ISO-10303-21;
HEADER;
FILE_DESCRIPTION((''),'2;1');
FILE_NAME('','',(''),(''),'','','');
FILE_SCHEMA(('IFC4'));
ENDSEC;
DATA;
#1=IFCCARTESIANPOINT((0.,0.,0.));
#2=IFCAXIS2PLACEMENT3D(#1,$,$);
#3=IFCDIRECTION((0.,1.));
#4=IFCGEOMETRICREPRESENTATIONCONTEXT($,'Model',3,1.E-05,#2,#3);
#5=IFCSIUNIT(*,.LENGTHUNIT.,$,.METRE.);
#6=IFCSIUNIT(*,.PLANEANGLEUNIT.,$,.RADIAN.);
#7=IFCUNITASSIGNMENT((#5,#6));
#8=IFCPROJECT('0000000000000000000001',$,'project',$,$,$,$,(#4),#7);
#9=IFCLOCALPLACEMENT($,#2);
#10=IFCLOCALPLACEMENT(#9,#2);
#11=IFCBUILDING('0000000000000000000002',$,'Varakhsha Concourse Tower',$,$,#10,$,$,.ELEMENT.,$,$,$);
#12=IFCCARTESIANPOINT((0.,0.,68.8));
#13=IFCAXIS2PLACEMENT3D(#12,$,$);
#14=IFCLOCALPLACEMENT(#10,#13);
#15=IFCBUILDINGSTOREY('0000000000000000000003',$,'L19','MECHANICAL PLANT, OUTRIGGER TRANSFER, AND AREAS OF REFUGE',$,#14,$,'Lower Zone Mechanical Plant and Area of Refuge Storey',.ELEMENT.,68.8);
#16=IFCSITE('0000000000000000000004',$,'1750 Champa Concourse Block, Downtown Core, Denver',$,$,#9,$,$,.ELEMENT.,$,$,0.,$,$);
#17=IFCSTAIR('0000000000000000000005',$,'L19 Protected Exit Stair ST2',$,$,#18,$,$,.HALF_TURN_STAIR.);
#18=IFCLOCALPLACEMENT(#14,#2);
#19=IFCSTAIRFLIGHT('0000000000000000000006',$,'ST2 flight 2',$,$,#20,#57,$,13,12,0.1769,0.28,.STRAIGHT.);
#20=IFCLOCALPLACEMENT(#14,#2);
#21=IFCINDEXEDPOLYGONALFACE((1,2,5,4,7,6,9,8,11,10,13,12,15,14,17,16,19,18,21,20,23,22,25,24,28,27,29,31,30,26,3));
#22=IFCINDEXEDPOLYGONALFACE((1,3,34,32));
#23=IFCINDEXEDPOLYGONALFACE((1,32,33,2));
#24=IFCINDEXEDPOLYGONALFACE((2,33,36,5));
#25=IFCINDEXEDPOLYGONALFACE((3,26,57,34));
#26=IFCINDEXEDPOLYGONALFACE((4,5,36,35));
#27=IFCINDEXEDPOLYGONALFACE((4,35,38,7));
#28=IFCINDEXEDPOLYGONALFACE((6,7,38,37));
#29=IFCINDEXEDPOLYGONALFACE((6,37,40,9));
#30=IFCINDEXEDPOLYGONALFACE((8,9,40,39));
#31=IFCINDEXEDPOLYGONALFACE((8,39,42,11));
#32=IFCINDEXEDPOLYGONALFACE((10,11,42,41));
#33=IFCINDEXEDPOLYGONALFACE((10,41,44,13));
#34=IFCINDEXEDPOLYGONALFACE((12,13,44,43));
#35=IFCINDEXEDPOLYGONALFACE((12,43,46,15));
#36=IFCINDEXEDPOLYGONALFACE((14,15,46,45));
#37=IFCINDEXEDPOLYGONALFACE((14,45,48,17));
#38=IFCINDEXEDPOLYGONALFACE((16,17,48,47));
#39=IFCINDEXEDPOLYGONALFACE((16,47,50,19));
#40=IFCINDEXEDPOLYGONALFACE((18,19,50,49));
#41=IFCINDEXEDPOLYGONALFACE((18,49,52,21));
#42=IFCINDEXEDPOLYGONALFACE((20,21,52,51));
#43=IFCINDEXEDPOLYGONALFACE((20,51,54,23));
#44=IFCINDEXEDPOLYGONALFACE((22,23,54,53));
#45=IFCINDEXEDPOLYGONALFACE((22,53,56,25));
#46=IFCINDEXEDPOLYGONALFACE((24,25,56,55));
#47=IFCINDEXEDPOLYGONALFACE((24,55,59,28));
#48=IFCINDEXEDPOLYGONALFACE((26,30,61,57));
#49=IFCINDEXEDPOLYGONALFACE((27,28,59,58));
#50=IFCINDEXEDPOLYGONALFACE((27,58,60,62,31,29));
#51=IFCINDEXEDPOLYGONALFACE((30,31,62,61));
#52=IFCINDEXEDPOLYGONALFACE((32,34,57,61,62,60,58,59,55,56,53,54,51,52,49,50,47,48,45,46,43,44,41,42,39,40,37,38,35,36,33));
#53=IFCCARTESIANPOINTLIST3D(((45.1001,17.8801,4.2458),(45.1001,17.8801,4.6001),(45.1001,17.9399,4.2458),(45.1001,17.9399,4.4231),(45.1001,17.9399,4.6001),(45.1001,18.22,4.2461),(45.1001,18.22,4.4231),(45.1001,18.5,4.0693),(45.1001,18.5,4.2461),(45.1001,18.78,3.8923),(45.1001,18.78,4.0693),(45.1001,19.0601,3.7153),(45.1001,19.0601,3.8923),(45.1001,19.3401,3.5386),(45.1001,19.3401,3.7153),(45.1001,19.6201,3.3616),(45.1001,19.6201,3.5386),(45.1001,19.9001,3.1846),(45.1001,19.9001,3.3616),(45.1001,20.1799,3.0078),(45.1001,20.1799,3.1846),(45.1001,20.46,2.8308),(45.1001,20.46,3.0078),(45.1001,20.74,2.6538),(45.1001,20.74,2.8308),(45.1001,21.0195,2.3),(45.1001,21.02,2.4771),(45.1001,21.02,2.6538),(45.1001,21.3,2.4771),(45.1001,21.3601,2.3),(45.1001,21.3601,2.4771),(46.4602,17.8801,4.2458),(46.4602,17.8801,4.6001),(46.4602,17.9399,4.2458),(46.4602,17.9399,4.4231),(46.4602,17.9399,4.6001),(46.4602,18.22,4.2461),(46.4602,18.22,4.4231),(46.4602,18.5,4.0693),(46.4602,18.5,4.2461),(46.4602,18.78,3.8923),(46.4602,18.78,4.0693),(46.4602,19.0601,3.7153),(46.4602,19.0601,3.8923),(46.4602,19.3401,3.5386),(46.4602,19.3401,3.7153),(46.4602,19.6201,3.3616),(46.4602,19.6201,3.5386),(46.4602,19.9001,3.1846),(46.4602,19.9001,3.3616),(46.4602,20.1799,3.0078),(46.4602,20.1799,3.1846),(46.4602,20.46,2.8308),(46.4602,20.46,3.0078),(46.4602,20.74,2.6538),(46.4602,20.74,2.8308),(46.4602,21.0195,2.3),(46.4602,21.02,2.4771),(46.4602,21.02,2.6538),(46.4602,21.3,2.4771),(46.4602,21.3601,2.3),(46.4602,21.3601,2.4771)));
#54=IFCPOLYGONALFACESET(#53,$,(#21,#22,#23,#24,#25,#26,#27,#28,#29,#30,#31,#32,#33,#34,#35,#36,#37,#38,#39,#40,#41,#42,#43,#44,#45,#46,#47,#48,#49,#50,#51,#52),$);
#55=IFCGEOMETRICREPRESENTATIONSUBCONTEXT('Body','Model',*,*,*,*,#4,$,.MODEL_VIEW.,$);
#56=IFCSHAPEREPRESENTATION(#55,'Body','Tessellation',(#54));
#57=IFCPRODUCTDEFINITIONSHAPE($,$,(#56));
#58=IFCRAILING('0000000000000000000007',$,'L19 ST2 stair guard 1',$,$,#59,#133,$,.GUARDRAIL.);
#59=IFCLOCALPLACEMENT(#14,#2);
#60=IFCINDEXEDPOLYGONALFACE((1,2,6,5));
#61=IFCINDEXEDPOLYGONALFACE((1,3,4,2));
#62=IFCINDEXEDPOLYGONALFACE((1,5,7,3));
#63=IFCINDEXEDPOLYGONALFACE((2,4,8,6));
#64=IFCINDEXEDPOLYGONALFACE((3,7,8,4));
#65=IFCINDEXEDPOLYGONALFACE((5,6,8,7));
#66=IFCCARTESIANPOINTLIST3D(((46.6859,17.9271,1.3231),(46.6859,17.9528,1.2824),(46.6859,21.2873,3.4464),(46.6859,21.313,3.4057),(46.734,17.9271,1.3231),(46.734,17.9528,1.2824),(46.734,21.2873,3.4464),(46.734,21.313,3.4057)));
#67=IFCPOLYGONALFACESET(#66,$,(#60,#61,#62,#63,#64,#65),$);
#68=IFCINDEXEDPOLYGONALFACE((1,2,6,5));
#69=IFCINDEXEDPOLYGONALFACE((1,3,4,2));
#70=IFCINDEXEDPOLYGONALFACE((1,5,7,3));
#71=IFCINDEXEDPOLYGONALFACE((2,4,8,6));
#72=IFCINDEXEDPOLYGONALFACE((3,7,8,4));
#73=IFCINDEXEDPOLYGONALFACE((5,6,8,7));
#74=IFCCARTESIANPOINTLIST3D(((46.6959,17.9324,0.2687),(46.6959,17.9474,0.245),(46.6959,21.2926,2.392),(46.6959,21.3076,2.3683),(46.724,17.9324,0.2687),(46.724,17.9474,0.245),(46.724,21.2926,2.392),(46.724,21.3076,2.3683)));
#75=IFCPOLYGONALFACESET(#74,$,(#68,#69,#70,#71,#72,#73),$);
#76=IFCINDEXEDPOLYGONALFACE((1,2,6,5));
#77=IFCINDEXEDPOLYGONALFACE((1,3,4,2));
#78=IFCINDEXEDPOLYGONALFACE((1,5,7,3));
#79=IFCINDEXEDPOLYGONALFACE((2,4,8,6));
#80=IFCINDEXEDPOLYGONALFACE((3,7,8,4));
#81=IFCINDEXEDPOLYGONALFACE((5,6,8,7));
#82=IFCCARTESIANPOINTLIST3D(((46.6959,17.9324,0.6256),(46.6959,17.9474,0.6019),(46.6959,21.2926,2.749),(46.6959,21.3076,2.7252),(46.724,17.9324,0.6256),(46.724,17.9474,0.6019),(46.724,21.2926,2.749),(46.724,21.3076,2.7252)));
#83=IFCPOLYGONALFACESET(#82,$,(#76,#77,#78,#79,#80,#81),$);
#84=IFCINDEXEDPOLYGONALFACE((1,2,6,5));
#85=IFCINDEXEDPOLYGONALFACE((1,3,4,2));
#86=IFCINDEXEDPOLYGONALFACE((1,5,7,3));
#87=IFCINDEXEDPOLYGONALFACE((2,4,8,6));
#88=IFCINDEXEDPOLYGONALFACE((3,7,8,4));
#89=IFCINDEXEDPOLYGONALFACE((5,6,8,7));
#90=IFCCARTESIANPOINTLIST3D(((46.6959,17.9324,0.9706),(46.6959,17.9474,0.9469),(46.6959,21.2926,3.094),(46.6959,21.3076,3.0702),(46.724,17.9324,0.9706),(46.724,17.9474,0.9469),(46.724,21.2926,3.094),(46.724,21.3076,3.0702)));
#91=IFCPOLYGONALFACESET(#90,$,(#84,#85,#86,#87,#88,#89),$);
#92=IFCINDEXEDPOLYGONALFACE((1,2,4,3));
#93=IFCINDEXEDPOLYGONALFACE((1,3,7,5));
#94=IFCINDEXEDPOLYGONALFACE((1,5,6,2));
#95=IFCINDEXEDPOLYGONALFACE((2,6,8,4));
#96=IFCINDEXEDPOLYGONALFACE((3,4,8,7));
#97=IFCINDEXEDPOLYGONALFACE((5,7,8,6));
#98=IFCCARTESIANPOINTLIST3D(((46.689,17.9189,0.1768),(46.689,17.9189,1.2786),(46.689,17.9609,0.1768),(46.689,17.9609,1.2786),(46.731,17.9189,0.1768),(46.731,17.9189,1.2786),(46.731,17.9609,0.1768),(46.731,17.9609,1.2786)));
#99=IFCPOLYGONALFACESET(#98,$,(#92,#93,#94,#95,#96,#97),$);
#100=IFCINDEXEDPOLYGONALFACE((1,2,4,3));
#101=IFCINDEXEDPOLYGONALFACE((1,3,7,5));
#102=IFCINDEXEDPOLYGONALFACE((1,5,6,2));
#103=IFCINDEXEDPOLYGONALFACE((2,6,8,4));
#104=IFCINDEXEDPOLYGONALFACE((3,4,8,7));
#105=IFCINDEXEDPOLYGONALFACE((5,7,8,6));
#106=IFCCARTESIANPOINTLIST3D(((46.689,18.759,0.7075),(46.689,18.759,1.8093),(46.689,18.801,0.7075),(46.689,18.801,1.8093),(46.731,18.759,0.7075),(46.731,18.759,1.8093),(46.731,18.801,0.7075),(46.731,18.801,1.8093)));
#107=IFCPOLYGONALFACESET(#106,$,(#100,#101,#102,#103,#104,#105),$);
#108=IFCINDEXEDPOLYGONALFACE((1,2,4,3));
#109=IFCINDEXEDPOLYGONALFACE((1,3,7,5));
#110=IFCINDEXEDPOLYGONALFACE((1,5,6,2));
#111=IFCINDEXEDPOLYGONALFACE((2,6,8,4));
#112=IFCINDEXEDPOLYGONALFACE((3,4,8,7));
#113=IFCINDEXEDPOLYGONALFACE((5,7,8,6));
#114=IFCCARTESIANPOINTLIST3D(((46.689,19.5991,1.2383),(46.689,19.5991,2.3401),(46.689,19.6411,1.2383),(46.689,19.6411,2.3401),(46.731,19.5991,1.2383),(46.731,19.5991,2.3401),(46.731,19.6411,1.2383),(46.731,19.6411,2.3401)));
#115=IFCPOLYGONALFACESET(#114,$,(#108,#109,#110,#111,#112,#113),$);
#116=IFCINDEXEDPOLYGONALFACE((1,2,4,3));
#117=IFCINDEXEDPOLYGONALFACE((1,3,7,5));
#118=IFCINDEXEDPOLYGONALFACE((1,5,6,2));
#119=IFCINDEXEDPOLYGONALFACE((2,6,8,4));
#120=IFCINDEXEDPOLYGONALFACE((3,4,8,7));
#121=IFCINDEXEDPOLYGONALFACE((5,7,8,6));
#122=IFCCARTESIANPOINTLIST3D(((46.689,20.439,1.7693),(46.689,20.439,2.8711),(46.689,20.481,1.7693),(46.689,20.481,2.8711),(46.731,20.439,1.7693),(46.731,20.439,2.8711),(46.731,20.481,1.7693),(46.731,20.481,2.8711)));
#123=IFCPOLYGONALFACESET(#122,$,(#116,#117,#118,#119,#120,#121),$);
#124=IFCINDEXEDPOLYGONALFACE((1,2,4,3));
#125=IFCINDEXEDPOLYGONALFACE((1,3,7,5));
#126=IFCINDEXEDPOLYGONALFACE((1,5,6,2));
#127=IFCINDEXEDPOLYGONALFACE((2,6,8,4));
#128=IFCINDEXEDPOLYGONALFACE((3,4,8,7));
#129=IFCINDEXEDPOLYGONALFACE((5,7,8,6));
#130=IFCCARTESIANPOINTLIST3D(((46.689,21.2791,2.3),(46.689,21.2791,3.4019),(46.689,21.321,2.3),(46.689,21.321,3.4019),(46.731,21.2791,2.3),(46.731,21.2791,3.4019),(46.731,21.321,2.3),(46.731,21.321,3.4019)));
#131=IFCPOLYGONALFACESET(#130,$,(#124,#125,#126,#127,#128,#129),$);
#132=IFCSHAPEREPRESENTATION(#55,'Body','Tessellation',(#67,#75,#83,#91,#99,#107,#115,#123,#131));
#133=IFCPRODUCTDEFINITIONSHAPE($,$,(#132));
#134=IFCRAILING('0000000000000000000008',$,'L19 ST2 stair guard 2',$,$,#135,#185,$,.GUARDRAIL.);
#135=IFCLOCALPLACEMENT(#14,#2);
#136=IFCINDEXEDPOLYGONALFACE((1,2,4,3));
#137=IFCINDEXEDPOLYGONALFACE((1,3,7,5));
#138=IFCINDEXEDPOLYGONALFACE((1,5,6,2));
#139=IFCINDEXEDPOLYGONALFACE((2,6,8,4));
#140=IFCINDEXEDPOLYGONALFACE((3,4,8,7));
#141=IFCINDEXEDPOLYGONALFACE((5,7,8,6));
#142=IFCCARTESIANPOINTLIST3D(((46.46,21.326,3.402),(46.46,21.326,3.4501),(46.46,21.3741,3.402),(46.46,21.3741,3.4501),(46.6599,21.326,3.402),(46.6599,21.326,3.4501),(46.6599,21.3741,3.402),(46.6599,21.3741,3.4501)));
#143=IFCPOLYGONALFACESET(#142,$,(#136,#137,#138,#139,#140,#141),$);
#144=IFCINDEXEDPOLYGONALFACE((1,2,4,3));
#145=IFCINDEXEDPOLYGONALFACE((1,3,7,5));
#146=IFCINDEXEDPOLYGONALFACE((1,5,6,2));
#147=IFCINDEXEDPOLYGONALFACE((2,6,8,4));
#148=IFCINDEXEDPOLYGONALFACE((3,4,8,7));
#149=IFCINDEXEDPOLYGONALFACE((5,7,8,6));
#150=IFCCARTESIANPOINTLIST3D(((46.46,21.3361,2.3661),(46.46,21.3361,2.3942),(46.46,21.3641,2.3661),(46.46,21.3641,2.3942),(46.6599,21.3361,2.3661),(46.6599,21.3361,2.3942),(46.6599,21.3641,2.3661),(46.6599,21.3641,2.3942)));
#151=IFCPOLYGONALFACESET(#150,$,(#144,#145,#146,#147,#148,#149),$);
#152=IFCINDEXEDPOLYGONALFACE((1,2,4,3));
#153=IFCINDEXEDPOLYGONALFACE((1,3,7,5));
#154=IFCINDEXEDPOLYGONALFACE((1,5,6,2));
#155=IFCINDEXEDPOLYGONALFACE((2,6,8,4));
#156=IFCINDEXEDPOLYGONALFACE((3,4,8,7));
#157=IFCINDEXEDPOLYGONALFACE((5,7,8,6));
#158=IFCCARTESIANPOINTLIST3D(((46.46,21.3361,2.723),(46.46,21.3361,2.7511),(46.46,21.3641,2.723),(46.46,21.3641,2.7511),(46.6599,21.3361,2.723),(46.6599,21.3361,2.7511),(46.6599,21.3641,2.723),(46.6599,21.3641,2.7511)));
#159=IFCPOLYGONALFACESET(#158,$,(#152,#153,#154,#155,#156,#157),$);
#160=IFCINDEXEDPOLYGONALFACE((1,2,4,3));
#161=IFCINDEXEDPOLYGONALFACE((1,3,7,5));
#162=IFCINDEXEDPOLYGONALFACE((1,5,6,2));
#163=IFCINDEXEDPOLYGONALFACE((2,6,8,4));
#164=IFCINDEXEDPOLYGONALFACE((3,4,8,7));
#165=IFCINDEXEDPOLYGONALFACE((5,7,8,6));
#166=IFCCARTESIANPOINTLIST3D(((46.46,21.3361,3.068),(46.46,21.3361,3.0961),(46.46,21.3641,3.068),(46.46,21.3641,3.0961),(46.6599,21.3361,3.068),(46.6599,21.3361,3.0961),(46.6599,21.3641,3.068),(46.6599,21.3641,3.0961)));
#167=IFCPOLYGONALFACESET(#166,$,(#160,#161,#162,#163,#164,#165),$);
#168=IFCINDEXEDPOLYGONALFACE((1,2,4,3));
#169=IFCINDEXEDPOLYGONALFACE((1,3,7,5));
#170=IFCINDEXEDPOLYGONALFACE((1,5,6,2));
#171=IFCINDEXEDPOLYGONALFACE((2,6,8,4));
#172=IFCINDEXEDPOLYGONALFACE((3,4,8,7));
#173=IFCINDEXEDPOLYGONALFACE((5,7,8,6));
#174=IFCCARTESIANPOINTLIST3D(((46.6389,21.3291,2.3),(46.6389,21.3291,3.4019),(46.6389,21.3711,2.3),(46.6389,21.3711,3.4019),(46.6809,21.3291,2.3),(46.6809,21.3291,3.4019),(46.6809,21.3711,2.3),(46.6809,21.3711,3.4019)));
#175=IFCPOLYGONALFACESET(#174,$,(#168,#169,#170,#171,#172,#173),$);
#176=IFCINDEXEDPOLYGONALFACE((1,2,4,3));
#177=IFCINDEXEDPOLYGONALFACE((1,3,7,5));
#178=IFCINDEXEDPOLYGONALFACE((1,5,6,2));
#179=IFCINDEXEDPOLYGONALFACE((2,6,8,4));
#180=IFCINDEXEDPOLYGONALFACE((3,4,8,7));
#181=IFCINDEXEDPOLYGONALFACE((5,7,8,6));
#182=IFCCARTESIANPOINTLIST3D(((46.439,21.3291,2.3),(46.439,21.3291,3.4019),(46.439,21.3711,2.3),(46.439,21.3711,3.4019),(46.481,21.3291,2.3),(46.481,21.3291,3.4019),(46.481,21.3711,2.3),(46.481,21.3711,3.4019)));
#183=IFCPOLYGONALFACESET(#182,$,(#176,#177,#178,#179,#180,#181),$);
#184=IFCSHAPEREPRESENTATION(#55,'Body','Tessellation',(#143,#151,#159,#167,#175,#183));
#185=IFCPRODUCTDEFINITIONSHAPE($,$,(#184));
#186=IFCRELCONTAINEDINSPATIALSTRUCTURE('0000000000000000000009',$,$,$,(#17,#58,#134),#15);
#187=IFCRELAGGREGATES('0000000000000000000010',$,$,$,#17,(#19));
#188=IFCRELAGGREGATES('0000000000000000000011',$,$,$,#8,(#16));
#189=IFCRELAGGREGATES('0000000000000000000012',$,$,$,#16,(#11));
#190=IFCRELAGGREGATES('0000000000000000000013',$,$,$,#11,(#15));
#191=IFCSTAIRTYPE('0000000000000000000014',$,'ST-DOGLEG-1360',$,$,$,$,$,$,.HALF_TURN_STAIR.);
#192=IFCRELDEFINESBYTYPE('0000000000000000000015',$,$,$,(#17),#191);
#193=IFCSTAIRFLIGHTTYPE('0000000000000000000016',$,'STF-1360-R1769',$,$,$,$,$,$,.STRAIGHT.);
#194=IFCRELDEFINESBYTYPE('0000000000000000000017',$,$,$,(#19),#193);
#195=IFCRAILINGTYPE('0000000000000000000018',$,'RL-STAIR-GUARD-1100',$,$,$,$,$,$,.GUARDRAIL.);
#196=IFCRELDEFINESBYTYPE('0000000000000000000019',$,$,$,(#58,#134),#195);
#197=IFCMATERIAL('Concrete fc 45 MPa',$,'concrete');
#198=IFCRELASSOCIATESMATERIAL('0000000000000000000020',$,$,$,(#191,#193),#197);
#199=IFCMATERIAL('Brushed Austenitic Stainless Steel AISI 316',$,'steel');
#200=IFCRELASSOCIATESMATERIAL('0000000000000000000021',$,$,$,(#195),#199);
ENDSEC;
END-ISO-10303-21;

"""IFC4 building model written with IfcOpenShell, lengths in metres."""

from ifc_helpers import new_model, si_unit, direction, frame, origin, origin_2d, place, context, subcontext, project, spatial, polyline, rectangle, outline, extrude, material, type_object, element, aggregate, save


model = new_model("IFC4")

# Units and contexts
model_context = context("Model", 3, precision=1e-05, world=origin(), true_north=direction((0.0, 1.0)))
body_context = subcontext(model_context, "Body", "Model", "MODEL_VIEW")
ifc_project = project(units=[si_unit("LENGTHUNIT", "METRE"), si_unit("PLANEANGLEUNIT", "RADIAN")], contexts=[model_context])

# Site, building, storey
site_placement = place(None, origin())
site = spatial("IfcSite", under=ifc_project, at=site_placement, Name="1750 Champa Concourse Block, Downtown Core, Denver", CompositionType="ELEMENT", RefElevation=0.0)
building_placement = place(site_placement, origin())
building = spatial("IfcBuilding", under=site, at=building_placement, Name="Varakhsha Concourse Tower", CompositionType="ELEMENT")
storey_placement = place(building_placement, frame((0.0, 0.0, 68.8)))
storey = spatial("IfcBuildingStorey", under=building, at=storey_placement, Name="L19", Description="MECHANICAL PLANT, OUTRIGGER TRANSFER, AND AREAS OF REFUGE", LongName="Lower Zone Mechanical Plant and Area of Refuge Storey", CompositionType="ELEMENT", Elevation=68.8)

# Shared definitions
ifc_material_1 = material(Name="Concrete fc 45 MPa", Category="concrete")

# Stair, stair flight
stair_type = type_object("IfcStairType", Name="ST-DOGLEG-1360", PredefinedType="HALF_TURN_STAIR", material=ifc_material_1)
stair_placement = place(storey_placement, origin())
stair = element("IfcStair", 1, at=stair_placement, inside=storey, type_object=stair_type, Name="L19 Protected Exit Stair ST2", PredefinedType="HALF_TURN_STAIR")
stair_flight_type = type_object("IfcStairFlightType", Name="STF-1360-R1769", PredefinedType="STRAIGHT", material=ifc_material_1)
stair_flight_1_placement = place(storey_placement, frame((45.78, 21.3, 2.3), z_axis=(0.0, 0.0, 1.0), x_axis=(0.0, -1.0, 0.0)))
stair_flight_1 = element("IfcStairFlight", 2, at=stair_flight_1_placement, type_object=stair_flight_type, Name="ST2 flight 2", NumberOfRisers=13, NumberOfTreads=12, PredefinedType="STRAIGHT", RiserHeight=0.1769, TreadLength=0.28, context=body_context, shape_type="SweptSolid", body=[
    extrude(outline(polyline([(-0.0601, 0.0), (-0.0601, 0.177), (0.0, 0.177), (0.28, 0.177), (0.28, 0.3538), (0.5601, 0.3538), (0.5601, 0.5308), (0.8401, 0.5308), (0.8401, 0.7078), (1.1201, 0.7078), (1.1201, 0.8845), (1.3999, 0.8845), (1.3999, 1.0615), (1.6799, 1.0615), (1.6799, 1.2385), (1.96, 1.2385), (1.96, 1.4153), (2.24, 1.4153), (2.24, 1.5923), (2.52, 1.5923), (2.52, 1.7693), (2.8, 1.7693), (2.8, 1.946), (3.0801, 1.946), (3.0801, 2.123), (3.3601, 2.123), (3.3601, 2.3), (3.4199, 2.3), (3.4199, 1.9458), (3.3601, 1.9458), (0.2805, 0.0), (-0.0601, 0.0)])), frame((0.0, 0.6802, 0.0), z_axis=(0.0, -1.0, 0.0), x_axis=(1.0, 0.0, 0.0)), (0.0, 0.0, 1.0), 1.3601),
])
aggregate(stair, [stair_flight_1])

# Railings
ifc_material_2 = material(Name="Brushed Austenitic Stainless Steel AISI 316", Category="steel")
railing_type_1 = type_object("IfcRailingType", Name="RL-STAIR-GUARD-1100", PredefinedType="GUARDRAIL", material=ifc_material_2)
railing_1_placement = place(storey_placement, frame((46.71, 17.9399, 0.1768)))
element("IfcRailing", 3, at=railing_1_placement, inside=storey, type_object=railing_type_1, Name="L19 ST2 stair guard 1", PredefinedType="GUARDRAIL", context=body_context, shape_type="SweptSolid", body=[
    extrude(rectangle(XDim=0.0481, YDim=0.0481, at=origin_2d()), frame((0.0, 0.0, 1.126), z_axis=(0.0, 0.845362, 0.534194), x_axis=(-1.0, 0.0, 0.0)), (0.0, 0.0, 1.0), 3.9749),
    extrude(rectangle(XDim=0.0281, YDim=0.0281, at=origin_2d()), frame((0.0, 0.0, 0.0801), z_axis=(0.0, 0.845362, 0.534194), x_axis=(-1.0, 0.0, 0.0)), (0.0, 0.0, 1.0), 3.9749),
    extrude(rectangle(XDim=0.0281, YDim=0.0281, at=origin_2d()), frame((0.0, 0.0, 0.437), z_axis=(0.0, 0.845362, 0.534194), x_axis=(-1.0, 0.0, 0.0)), (0.0, 0.0, 1.0), 3.9749),
    extrude(rectangle(XDim=0.0281, YDim=0.0281, at=origin_2d()), frame((0.0, 0.0, 0.782), z_axis=(0.0, 0.845362, 0.534194), x_axis=(-1.0, 0.0, 0.0)), (0.0, 0.0, 1.0), 3.9749),
    extrude(rectangle(XDim=0.042, YDim=0.042, at=origin_2d()), origin(), (0.0, 0.0, 1.0), 1.1018),
    extrude(rectangle(XDim=0.042, YDim=0.042, at=origin_2d()), frame((0.0, 0.8401, 0.5308)), (0.0, 0.0, 1.0), 1.1018),
    extrude(rectangle(XDim=0.042, YDim=0.042, at=origin_2d()), frame((0.0, 1.6802, 1.0615)), (0.0, 0.0, 1.0), 1.1018),
    extrude(rectangle(XDim=0.042, YDim=0.042, at=origin_2d()), frame((0.0, 2.52, 1.5925)), (0.0, 0.0, 1.0), 1.1018),
    extrude(rectangle(XDim=0.042, YDim=0.042, at=origin_2d()), frame((0.0, 3.3601, 2.1233)), (0.0, 0.0, 1.0), 1.1018),
])
railing_2_placement = place(storey_placement, frame((46.6599, 21.3501, 2.3)))
element("IfcRailing", 4, at=railing_2_placement, inside=storey, type_object=railing_type_1, Name="L19 ST2 stair guard 2", PredefinedType="GUARDRAIL", context=body_context, shape_type="SweptSolid", body=[
    extrude(rectangle(XDim=0.0481, YDim=0.0481, at=origin_2d()), frame((0.0, 0.0, 1.126), z_axis=(-1.0, 0.0, 0.0), x_axis=(0.0, -1.0, 0.0)), (0.0, 0.0, 1.0), 0.2),
    extrude(rectangle(XDim=0.0281, YDim=0.0281, at=origin_2d()), frame((0.0, 0.0, 0.0801), z_axis=(-1.0, 0.0, 0.0), x_axis=(0.0, -1.0, 0.0)), (0.0, 0.0, 1.0), 0.2),
    extrude(rectangle(XDim=0.0281, YDim=0.0281, at=origin_2d()), frame((0.0, 0.0, 0.437), z_axis=(-1.0, 0.0, 0.0), x_axis=(0.0, -1.0, 0.0)), (0.0, 0.0, 1.0), 0.2),
    extrude(rectangle(XDim=0.0281, YDim=0.0281, at=origin_2d()), frame((0.0, 0.0, 0.782), z_axis=(-1.0, 0.0, 0.0), x_axis=(0.0, -1.0, 0.0)), (0.0, 0.0, 1.0), 0.2),
    extrude(rectangle(XDim=0.042, YDim=0.042, at=origin_2d()), origin(), (0.0, 0.0, 1.0), 1.1018),
    extrude(rectangle(XDim=0.042, YDim=0.042, at=origin_2d()), frame((-0.2, 0.0, 0.0)), (0.0, 0.0, 1.0), 1.1018),
])

save(model, "model.ifc")
